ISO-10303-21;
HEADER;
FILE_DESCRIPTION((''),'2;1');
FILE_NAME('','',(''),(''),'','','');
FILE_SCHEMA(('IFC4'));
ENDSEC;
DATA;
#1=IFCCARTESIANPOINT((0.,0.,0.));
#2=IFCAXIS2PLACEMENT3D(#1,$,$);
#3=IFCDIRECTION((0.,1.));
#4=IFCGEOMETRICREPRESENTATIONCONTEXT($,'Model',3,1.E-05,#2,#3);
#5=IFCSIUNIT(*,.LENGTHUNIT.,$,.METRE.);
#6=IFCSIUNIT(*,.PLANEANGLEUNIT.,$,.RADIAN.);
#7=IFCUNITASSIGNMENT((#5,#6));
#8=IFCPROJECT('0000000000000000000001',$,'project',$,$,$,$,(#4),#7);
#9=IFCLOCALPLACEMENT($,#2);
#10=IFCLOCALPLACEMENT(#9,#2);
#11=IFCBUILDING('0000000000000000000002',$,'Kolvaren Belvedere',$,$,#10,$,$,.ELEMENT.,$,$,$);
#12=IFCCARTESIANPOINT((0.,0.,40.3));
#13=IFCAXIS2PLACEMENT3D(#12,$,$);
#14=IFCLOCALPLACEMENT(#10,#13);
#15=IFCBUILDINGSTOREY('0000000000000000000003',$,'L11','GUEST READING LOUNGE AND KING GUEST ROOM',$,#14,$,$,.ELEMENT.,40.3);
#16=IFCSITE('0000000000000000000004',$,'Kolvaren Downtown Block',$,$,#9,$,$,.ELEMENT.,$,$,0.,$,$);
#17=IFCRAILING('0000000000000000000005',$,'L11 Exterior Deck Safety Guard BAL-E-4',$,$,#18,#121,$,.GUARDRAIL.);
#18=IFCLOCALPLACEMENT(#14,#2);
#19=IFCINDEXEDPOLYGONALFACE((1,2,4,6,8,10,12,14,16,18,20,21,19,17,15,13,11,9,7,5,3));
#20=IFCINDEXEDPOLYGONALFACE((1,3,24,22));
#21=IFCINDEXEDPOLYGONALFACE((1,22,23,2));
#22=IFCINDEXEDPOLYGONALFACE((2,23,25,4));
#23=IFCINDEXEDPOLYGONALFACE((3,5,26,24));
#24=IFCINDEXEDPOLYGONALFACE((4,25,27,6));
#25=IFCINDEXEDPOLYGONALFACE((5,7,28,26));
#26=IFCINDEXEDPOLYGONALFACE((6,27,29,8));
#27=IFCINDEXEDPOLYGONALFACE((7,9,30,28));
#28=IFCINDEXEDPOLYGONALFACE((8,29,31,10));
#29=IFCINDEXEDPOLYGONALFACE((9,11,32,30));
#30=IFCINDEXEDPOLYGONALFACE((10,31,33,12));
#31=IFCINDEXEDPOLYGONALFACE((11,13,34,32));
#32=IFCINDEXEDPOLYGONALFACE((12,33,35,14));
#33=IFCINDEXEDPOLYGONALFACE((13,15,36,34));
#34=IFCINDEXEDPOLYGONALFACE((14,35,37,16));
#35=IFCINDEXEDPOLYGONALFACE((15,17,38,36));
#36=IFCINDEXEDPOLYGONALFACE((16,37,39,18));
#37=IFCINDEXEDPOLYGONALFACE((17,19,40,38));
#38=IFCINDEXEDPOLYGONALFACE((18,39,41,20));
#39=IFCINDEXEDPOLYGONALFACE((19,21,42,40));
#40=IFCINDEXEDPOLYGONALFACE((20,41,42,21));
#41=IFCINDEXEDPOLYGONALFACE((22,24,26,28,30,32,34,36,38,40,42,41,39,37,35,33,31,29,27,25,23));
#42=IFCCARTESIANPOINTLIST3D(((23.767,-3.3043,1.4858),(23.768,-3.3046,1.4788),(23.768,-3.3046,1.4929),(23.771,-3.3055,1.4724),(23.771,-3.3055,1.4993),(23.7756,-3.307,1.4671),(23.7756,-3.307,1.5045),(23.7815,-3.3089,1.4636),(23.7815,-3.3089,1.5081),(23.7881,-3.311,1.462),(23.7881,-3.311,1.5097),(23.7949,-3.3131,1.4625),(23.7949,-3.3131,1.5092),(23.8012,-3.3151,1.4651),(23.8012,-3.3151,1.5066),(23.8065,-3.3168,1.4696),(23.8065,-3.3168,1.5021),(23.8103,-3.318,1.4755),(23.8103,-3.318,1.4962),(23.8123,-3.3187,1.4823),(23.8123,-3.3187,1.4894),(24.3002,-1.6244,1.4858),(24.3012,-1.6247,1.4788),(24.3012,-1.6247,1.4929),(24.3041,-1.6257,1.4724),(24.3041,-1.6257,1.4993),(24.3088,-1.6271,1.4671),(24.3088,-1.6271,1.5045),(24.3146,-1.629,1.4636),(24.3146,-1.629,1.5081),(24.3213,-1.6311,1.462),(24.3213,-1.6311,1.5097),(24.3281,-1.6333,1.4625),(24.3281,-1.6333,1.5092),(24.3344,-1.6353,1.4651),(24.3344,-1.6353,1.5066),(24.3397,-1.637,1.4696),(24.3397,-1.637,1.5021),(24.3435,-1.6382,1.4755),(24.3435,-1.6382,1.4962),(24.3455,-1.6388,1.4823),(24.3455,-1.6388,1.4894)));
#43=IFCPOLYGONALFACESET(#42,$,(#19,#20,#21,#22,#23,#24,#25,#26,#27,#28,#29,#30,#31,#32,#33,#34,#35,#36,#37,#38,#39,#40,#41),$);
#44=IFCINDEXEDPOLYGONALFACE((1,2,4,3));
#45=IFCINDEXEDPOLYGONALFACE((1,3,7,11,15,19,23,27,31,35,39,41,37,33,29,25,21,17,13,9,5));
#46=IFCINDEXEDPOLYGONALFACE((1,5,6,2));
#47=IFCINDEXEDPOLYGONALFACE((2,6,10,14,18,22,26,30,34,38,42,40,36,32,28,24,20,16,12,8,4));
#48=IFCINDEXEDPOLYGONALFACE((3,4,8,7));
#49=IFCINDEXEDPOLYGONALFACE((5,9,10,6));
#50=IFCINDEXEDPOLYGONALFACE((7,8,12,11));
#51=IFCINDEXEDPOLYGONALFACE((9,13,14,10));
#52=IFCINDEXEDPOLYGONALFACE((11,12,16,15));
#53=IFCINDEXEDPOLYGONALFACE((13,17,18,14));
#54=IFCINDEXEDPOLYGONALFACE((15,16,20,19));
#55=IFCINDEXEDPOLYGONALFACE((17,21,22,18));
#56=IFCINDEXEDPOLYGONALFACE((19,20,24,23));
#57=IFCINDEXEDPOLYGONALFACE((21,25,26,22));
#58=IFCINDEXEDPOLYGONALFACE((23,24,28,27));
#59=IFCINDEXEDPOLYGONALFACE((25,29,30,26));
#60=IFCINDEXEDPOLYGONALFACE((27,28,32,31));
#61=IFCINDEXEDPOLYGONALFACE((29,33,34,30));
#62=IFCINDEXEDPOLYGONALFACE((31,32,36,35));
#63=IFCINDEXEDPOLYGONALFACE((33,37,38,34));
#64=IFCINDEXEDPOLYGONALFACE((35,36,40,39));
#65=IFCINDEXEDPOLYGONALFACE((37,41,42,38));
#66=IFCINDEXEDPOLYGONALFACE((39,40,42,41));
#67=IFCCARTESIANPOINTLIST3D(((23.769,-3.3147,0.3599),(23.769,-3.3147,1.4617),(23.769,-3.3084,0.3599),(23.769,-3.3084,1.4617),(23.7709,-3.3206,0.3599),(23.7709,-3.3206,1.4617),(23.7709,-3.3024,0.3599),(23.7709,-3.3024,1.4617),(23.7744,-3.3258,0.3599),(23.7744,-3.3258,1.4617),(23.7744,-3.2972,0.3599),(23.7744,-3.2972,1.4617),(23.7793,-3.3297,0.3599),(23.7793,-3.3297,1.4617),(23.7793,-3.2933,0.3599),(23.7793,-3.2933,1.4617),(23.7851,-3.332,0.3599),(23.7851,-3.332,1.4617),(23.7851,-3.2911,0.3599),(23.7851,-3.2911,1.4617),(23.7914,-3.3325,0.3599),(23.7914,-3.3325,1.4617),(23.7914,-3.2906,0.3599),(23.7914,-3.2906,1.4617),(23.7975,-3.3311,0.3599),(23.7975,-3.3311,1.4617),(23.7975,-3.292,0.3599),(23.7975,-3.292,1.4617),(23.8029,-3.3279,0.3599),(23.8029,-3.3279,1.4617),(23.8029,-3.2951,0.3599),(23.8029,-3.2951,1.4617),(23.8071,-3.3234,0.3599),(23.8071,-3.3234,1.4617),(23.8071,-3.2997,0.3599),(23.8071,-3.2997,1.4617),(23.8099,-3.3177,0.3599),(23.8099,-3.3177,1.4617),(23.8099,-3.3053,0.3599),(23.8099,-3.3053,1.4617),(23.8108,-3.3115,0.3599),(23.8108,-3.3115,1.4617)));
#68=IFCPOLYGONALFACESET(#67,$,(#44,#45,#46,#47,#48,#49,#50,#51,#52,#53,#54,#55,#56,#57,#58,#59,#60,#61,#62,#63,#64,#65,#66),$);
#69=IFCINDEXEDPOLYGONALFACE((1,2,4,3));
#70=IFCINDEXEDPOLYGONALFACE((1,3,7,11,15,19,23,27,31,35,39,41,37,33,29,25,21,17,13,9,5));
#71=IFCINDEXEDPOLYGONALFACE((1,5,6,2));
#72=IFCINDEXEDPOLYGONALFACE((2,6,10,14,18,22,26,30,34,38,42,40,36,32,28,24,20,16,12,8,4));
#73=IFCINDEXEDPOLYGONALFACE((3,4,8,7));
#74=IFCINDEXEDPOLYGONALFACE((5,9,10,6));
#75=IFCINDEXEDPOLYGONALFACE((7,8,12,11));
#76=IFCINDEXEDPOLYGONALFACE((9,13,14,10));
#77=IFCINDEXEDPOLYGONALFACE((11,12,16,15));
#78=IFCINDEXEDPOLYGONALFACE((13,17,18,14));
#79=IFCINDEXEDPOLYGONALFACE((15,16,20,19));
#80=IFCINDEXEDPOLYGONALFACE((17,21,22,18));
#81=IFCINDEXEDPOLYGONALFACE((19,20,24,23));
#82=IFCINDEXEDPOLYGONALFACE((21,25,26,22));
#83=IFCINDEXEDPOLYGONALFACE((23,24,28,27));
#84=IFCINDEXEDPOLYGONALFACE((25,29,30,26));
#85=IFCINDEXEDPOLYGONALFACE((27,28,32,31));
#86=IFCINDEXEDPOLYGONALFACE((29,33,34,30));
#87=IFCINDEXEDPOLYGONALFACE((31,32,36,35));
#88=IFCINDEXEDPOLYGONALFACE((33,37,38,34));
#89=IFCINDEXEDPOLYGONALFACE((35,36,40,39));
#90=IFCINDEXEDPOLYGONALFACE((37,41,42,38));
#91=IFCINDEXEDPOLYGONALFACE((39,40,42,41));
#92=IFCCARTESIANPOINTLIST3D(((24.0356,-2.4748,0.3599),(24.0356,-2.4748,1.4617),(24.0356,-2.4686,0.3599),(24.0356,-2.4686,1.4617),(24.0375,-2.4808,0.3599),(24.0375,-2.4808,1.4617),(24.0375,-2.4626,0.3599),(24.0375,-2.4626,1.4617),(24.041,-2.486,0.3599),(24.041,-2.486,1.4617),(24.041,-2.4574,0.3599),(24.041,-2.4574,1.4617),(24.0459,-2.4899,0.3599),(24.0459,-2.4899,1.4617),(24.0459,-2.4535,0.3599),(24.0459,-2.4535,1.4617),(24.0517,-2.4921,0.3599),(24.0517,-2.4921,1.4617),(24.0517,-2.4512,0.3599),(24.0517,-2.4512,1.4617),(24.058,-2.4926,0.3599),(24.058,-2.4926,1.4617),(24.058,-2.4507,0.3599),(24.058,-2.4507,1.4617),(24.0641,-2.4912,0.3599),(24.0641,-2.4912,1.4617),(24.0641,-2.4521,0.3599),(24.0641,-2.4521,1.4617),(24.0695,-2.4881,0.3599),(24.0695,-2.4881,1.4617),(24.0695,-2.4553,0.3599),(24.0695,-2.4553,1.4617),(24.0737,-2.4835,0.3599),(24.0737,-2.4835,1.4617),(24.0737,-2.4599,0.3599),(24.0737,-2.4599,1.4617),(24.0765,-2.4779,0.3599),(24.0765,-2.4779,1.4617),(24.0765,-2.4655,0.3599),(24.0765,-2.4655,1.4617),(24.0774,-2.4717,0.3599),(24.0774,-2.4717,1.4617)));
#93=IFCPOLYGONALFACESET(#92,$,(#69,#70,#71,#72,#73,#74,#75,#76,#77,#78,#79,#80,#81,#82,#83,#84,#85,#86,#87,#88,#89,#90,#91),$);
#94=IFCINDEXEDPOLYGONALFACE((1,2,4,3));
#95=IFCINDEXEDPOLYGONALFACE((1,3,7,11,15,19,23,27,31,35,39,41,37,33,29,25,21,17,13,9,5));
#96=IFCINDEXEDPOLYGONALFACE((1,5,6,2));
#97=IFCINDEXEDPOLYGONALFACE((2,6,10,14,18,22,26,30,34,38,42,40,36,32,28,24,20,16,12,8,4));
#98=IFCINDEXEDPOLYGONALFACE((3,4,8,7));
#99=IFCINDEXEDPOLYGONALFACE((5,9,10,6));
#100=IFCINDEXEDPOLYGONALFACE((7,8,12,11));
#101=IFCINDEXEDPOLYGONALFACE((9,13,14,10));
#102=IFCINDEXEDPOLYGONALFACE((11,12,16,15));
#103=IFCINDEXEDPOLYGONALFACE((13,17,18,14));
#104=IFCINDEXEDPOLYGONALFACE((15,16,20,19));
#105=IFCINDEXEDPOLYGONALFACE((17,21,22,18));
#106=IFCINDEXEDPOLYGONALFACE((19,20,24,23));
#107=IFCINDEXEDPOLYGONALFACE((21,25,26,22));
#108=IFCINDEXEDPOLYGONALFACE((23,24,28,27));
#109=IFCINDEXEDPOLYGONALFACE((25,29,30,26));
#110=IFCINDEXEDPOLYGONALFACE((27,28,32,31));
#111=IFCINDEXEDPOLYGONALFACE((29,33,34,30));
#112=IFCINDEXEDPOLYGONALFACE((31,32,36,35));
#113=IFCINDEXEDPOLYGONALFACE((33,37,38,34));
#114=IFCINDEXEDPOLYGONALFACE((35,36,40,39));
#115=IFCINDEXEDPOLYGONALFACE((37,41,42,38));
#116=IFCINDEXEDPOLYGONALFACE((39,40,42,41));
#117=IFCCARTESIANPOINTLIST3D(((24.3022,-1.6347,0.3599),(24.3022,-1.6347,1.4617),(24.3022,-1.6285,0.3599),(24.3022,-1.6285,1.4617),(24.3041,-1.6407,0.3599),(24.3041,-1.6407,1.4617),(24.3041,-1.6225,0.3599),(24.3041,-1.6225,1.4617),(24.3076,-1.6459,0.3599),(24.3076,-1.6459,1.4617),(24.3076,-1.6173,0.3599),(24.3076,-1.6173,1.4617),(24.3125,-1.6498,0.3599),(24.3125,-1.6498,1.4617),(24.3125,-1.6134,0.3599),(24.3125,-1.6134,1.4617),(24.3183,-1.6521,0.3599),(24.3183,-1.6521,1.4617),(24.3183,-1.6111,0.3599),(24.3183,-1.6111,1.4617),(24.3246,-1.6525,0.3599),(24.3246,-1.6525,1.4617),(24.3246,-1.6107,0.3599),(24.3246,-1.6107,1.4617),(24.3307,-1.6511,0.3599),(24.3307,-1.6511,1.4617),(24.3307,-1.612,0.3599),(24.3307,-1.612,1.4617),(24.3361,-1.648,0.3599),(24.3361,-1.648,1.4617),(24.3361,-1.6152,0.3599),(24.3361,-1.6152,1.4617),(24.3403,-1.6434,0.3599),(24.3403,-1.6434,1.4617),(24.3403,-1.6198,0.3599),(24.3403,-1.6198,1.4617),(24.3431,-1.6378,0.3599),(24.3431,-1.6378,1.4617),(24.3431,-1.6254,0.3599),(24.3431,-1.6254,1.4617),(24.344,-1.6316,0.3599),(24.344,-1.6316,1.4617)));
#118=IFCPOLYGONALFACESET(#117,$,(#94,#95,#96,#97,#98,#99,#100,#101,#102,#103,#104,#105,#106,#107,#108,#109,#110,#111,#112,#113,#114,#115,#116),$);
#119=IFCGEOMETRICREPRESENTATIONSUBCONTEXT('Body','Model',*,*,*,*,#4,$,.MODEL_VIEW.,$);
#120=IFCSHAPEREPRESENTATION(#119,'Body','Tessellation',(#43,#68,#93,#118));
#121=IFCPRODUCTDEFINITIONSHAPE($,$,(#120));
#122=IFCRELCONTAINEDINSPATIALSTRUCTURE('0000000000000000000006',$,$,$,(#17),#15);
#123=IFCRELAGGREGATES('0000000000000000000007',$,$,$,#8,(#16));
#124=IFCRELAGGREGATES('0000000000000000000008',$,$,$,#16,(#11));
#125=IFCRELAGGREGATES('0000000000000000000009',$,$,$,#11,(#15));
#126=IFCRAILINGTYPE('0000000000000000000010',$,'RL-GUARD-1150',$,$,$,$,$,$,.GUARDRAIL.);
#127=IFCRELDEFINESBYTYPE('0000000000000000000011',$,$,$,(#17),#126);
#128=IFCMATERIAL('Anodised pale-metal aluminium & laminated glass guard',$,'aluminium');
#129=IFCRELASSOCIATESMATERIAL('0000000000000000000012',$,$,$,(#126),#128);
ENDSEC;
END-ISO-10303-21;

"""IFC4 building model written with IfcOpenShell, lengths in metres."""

from ifc_helpers import new_model, si_unit, direction, frame, origin, origin_2d, place, context, subcontext, project, spatial, circle, extrude, material, type_object, element, save


model = new_model("IFC4")

# Units and contexts
model_context = context("Model", 3, precision=1e-05, world=origin(), true_north=direction((0.0, 1.0)))
body_context = subcontext(model_context, "Body", "Model", "MODEL_VIEW")
ifc_project = project(units=[si_unit("LENGTHUNIT", "METRE"), si_unit("PLANEANGLEUNIT", "RADIAN")], contexts=[model_context])

# Site, building, storey
site_placement = place(None, origin())
site = spatial("IfcSite", under=ifc_project, at=site_placement, Name="Kolvaren Downtown Block", CompositionType="ELEMENT", RefElevation=0.0)
building_placement = place(site_placement, origin())
building = spatial("IfcBuilding", under=site, at=building_placement, Name="Kolvaren Belvedere", CompositionType="ELEMENT")
storey_placement = place(building_placement, frame((0.0, 0.0, 40.3)))
storey = spatial("IfcBuildingStorey", under=building, at=storey_placement, Name="L11", Description="GUEST READING LOUNGE AND KING GUEST ROOM", CompositionType="ELEMENT", Elevation=40.3)

# Railing
ifc_material_1 = material(Name="Anodised pale-metal aluminium & laminated glass guard", Category="aluminium")
railing_type = type_object("IfcRailingType", Name="RL-GUARD-1150", PredefinedType="GUARDRAIL", material=ifc_material_1)
railing_1_placement = place(storey_placement, frame((23.7898, -3.3115, 0.3599)))
element("IfcRailing", 1, at=railing_1_placement, inside=storey, type_object=railing_type, Name="L11 Exterior Deck Safety Guard BAL-E-4", PredefinedType="GUARDRAIL", context=body_context, shape_type="SweptSolid", body=[
    extrude(circle(Radius=0.0239, at=origin_2d()), frame((0.0, 0.0, 1.126), z_axis=(0.302523, 0.953142, 0.0), x_axis=(-0.953142, 0.302523, 0.0)), (0.0, 0.0, 1.0), 1.7625),
    extrude(circle(Radius=0.021, at=origin_2d()), origin(), (0.0, 0.0, 1.0), 1.1018),
    extrude(circle(Radius=0.021, at=origin_2d()), frame((0.2666, 0.8398, 0.0)), (0.0, 0.0, 1.0), 1.1018),
    extrude(circle(Radius=0.021, at=origin_2d()), frame((0.5332, 1.6799, 0.0)), (0.0, 0.0, 1.0), 1.1018),
])

save(model, "model.ifc")
